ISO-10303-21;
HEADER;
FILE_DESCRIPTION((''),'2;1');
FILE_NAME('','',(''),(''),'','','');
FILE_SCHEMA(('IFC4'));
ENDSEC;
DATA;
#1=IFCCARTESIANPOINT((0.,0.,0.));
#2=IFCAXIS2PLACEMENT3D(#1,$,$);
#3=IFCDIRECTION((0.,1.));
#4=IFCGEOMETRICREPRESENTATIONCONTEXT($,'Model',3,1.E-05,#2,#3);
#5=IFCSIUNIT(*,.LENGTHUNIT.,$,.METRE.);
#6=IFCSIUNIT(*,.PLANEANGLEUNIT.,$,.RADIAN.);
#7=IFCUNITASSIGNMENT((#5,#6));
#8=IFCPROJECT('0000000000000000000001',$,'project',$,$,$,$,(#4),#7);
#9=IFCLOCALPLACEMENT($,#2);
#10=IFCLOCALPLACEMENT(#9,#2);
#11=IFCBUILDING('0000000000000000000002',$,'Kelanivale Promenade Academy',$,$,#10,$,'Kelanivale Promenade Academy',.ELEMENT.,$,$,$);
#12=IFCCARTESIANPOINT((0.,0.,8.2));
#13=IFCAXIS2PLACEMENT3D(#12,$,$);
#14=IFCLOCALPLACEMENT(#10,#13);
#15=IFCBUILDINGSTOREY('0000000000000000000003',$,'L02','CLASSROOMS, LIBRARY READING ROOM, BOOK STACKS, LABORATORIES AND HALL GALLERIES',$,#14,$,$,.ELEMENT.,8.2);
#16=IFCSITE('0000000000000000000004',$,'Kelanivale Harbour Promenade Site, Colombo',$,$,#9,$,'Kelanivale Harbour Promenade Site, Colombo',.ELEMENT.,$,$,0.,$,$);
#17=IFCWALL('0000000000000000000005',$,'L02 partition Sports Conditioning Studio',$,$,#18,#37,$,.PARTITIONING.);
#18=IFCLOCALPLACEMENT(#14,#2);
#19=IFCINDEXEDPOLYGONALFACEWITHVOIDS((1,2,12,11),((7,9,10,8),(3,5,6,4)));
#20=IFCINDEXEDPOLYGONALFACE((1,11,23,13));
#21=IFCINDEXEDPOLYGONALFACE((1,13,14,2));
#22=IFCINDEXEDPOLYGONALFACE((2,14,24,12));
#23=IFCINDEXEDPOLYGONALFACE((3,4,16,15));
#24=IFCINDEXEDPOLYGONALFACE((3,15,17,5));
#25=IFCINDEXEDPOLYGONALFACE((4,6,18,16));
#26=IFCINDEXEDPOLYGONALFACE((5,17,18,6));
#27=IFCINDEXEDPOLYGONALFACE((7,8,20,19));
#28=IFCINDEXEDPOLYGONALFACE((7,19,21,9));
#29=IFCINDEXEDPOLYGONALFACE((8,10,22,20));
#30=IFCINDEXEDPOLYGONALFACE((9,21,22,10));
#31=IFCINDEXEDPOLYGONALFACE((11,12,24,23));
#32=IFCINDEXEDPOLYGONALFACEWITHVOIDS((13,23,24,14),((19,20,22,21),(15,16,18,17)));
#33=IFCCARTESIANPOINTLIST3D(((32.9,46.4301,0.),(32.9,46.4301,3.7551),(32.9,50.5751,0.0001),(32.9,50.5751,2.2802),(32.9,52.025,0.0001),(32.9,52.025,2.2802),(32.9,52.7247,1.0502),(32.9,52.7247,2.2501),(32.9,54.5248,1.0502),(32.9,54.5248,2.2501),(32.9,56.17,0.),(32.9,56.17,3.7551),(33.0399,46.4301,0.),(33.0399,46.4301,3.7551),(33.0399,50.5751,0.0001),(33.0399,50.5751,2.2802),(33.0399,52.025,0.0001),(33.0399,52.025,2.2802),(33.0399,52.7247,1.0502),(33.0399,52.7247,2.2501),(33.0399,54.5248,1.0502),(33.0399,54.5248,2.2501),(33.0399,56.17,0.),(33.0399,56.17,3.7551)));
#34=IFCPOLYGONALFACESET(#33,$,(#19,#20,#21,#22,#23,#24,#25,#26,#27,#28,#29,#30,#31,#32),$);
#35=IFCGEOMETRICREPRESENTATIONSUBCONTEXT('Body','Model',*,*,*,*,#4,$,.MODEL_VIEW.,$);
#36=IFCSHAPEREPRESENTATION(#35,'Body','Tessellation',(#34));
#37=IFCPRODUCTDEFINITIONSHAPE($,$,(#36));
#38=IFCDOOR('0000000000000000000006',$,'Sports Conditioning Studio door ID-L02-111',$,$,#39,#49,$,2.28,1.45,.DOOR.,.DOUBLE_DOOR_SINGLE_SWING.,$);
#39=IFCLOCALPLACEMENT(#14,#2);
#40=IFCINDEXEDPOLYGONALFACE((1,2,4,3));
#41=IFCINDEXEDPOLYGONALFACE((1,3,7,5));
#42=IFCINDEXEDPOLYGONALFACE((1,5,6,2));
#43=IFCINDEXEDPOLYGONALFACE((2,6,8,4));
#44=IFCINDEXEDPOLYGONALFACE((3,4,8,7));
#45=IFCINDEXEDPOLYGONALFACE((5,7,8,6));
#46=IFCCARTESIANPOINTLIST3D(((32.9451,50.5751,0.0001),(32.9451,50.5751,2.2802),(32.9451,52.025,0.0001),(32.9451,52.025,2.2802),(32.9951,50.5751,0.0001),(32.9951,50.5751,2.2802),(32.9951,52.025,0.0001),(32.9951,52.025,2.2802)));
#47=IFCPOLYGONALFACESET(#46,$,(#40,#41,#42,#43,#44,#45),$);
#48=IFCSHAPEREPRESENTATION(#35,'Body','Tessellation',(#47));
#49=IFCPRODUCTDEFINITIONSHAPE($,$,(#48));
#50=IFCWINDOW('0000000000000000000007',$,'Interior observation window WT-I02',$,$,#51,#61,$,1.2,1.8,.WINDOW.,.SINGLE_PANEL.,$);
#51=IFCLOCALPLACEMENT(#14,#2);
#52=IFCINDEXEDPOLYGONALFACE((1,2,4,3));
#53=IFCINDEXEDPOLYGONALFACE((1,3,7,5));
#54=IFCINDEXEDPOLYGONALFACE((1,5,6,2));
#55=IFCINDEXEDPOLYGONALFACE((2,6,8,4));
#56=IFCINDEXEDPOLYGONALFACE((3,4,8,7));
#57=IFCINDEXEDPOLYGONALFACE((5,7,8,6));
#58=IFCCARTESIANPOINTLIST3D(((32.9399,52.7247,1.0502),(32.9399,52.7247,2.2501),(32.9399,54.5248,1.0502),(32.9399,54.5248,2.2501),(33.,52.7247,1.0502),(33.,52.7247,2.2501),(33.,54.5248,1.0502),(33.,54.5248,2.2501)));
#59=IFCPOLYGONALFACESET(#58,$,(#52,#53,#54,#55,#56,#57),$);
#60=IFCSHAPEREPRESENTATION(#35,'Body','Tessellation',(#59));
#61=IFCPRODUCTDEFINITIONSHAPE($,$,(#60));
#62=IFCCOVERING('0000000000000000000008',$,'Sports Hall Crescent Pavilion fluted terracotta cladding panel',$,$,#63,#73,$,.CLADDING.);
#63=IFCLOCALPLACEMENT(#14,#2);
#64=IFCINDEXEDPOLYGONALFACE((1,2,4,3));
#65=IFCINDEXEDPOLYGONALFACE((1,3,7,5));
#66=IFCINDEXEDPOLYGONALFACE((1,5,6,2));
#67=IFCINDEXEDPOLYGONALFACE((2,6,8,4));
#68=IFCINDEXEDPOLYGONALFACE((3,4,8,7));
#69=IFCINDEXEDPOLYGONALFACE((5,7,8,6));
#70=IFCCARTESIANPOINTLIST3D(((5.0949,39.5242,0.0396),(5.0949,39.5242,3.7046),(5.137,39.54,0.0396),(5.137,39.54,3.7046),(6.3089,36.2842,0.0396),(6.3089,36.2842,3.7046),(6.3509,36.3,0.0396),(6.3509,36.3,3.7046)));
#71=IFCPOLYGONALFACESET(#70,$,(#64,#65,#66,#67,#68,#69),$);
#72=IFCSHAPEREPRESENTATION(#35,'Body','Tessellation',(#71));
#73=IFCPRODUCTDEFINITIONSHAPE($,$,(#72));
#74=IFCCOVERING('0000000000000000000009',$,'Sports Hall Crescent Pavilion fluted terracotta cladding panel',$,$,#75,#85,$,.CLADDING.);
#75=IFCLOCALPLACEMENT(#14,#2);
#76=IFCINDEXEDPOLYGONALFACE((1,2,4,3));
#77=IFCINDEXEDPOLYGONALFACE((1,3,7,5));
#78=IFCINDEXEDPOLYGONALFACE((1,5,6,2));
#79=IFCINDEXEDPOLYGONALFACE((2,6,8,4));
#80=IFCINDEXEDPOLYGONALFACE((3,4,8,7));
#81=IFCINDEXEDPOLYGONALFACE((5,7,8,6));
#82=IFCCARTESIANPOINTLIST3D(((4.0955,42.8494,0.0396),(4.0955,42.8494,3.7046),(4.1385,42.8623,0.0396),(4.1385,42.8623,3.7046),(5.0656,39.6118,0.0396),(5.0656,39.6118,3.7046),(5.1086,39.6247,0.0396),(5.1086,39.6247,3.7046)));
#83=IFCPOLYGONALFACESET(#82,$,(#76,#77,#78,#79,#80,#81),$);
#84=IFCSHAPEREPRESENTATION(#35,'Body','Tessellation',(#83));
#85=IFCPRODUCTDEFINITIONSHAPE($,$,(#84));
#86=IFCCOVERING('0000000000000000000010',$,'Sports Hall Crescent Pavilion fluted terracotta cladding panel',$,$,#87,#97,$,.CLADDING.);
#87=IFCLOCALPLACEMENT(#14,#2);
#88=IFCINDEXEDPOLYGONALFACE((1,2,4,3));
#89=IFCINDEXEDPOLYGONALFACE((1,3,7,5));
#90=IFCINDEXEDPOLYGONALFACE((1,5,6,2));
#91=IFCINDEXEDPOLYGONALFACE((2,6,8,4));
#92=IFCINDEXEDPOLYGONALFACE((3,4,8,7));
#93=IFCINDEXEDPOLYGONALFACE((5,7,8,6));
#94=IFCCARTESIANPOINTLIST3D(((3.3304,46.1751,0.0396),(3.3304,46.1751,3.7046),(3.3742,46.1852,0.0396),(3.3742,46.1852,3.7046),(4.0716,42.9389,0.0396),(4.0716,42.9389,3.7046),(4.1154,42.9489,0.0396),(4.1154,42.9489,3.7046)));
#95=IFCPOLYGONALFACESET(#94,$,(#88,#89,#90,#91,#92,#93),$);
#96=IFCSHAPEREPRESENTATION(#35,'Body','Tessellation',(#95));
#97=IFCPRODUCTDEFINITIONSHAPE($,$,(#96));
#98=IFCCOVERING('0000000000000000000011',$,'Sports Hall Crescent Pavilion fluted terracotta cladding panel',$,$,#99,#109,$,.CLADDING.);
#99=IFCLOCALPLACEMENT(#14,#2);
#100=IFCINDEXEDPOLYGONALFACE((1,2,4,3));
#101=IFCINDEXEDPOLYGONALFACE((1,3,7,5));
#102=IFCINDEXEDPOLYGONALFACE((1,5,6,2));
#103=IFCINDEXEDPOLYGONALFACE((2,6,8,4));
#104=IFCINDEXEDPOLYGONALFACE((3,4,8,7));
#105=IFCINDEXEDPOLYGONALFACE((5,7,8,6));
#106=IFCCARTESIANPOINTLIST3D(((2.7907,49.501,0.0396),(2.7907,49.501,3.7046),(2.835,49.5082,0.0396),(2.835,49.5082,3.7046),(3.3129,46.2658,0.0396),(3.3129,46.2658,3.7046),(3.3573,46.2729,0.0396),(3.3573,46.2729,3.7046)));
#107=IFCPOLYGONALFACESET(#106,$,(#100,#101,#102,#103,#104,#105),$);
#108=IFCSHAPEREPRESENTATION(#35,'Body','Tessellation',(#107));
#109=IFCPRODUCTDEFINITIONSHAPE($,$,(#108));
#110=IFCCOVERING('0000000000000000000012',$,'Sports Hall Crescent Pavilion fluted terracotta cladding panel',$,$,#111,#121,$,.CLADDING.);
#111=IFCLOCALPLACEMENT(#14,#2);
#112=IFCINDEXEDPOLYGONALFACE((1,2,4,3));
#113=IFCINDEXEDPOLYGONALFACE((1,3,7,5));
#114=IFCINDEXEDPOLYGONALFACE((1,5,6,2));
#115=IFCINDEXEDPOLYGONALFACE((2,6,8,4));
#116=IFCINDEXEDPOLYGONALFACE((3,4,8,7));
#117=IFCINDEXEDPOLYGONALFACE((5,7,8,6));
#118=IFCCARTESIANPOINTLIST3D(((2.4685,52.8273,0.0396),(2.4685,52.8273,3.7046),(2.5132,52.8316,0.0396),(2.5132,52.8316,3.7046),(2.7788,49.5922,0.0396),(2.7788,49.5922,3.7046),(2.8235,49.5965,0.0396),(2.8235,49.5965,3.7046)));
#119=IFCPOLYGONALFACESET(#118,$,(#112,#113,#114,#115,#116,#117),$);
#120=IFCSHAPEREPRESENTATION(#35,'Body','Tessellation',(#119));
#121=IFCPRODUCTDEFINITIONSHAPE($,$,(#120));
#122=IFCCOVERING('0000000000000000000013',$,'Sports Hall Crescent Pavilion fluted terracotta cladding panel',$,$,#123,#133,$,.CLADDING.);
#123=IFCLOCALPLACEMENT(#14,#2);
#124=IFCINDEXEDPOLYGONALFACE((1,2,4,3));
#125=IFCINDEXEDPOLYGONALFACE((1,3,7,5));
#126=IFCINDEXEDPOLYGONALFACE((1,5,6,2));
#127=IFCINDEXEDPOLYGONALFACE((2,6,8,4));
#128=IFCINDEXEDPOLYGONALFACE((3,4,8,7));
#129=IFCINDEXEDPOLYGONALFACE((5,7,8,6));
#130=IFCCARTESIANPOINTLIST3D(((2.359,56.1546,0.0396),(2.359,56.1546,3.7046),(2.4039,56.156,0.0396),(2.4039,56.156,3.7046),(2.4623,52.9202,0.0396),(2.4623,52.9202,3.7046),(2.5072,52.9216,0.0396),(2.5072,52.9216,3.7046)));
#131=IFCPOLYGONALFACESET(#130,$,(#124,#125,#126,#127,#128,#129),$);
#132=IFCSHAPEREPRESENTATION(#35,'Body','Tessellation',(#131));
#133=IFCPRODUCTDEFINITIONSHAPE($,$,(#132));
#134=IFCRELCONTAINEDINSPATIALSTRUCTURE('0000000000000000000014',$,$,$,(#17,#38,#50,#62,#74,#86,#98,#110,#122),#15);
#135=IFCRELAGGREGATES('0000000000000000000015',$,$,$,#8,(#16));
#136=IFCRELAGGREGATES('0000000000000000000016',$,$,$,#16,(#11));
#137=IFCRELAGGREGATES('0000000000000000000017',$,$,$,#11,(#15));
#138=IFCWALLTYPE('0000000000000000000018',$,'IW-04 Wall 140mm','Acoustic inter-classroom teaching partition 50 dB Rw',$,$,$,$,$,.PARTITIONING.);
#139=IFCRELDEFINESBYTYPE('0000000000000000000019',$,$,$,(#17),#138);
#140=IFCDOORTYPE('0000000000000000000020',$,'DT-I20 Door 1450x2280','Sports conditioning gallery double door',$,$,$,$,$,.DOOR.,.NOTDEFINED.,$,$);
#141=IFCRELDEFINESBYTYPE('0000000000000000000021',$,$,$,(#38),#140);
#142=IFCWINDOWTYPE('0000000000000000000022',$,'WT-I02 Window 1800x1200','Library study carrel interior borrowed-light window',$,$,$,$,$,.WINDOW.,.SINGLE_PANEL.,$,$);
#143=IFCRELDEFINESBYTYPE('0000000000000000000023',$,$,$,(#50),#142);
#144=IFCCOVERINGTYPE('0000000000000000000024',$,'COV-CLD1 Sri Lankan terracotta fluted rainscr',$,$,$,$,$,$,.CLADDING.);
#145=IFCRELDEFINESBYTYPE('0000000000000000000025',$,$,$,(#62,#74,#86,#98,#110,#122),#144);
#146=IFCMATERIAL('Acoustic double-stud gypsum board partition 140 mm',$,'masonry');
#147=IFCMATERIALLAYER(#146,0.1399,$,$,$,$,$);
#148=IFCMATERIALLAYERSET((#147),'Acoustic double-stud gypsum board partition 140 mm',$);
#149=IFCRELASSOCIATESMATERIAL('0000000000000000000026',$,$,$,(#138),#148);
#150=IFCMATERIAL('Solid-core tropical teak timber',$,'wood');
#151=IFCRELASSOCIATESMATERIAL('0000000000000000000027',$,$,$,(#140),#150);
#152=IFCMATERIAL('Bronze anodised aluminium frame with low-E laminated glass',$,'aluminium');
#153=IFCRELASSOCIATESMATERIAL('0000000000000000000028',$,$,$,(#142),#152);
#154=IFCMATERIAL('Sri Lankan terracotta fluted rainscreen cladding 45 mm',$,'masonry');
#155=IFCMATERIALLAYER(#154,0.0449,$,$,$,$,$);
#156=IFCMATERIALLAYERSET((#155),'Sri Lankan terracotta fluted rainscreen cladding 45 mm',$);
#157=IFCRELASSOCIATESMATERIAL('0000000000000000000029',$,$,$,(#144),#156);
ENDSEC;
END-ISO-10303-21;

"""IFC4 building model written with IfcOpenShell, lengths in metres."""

from ifc_helpers import new_model, si_unit, direction, frame, frame_2d, origin, origin_2d, place, context, subcontext, project, spatial, rectangle, extrude, material, layer, layer_set, type_object, element, fill, save


model = new_model("IFC4")

# Units and contexts
model_context = context("Model", 3, precision=1e-05, world=origin(), true_north=direction((0.0, 1.0)))
body_context = subcontext(model_context, "Body", "Model", "MODEL_VIEW")
ifc_project = project(units=[si_unit("LENGTHUNIT", "METRE"), si_unit("PLANEANGLEUNIT", "RADIAN")], contexts=[model_context])

# Site, building, storey
site_placement = place(None, origin())
site = spatial("IfcSite", under=ifc_project, at=site_placement, Name="Kelanivale Harbour Promenade Site, Colombo", LongName="Kelanivale Harbour Promenade Site, Colombo", CompositionType="ELEMENT", RefElevation=0.0)
building_placement = place(site_placement, origin())
building = spatial("IfcBuilding", under=site, at=building_placement, Name="Kelanivale Promenade Academy", LongName="Kelanivale Promenade Academy", CompositionType="ELEMENT")
storey_placement = place(building_placement, frame((0.0, 0.0, 8.2)))
storey = spatial("IfcBuildingStorey", under=building, at=storey_placement, Name="L02", Description="CLASSROOMS, LIBRARY READING ROOM, BOOK STACKS, LABORATORIES AND HALL GALLERIES", CompositionType="ELEMENT", Elevation=8.2)

# Shared definitions
ifc_material_1 = material(Name="Acoustic double-stud gypsum board partition 140 mm", Category="masonry")
ifc_layer_1 = layer(ifc_material_1, 0.1399)
ifc_layer_set_1 = layer_set([ifc_layer_1], Name="Acoustic double-stud gypsum board partition 140 mm")
wall_type_1 = type_object("IfcWallType", Name="IW-04 Wall 140mm", Description="Acoustic inter-classroom teaching partition 50 dB Rw", PredefinedType="PARTITIONING", material=ifc_layer_set_1)

# Wall, openings, door, window
wall_1_placement = place(storey_placement, frame((32.97, 46.4299, 0.0), z_axis=(0.0, 0.0, 1.0), x_axis=(0.0, 1.0, 0.0)))
wall_1 = element("IfcWall", 1, at=wall_1_placement, inside=storey, type_object=wall_type_1, Name="L02 partition Sports Conditioning Studio", PredefinedType="PARTITIONING", context=body_context, shape_type="SweptSolid", body=[
    extrude(rectangle(XDim=9.74, YDim=0.1399, at=frame_2d((4.8701, 0.0))), origin(), (0.0, 0.0, 1.0), 3.7551),
])
opening_1_placement = place(wall_1_placement, frame((4.145, 0.0, 0.0)))
opening_1 = element("IfcOpeningElement", 2, at=opening_1_placement, cuts=wall_1, PredefinedType="OPENING", context=body_context, shape_type="SweptSolid", body=[
    extrude(rectangle(XDim=1.45, YDim=2.28, at=frame_2d((0.7251, 1.1401))), frame((0.0, 0.0801, 0.0), z_axis=(0.0, -1.0, 0.0), x_axis=(1.0, 0.0, 0.0)), (0.0, 0.0, 1.0), 0.1599),
])
opening_2_placement = place(wall_1_placement, frame((6.2949, 0.0, 1.05)))
opening_2 = element("IfcOpeningElement", 3, at=opening_2_placement, cuts=wall_1, PredefinedType="OPENING", context=body_context, shape_type="SweptSolid", body=[
    extrude(rectangle(XDim=1.8, YDim=1.2, at=frame_2d((0.8999, 0.6001))), frame((0.0, 0.0801, 0.0), z_axis=(0.0, -1.0, 0.0), x_axis=(1.0, 0.0, 0.0)), (0.0, 0.0, 1.0), 0.1599),
])
ifc_material_2 = material(Name="Solid-core tropical teak timber", Category="wood")
door_type = type_object("IfcDoorType", Name="DT-I20 Door 1450x2280", Description="Sports conditioning gallery double door", OperationType="NOTDEFINED", PredefinedType="DOOR", material=ifc_material_2)
door_placement = place(opening_1_placement, origin())
door = element("IfcDoor", 4, at=door_placement, inside=storey, type_object=door_type, Name="Sports Conditioning Studio door ID-L02-111", OperationType="DOUBLE_DOOR_SINGLE_SWING", OverallHeight=2.28, OverallWidth=1.45, PredefinedType="DOOR", context=body_context, shape_type="SweptSolid", body=[
    extrude(rectangle(XDim=1.45, YDim=2.28, at=frame_2d((0.7251, 1.1401))), frame((0.0, 0.0249, 0.0), z_axis=(0.0, -1.0, 0.0), x_axis=(1.0, 0.0, 0.0)), (0.0, 0.0, 1.0), 0.05),
])
fill(opening_1, door)
ifc_material_3 = material(Name="Bronze anodised aluminium frame with low-E laminated glass", Category="aluminium")
window_type = type_object("IfcWindowType", Name="WT-I02 Window 1800x1200", Description="Library study carrel interior borrowed-light window", PartitioningType="SINGLE_PANEL", PredefinedType="WINDOW", material=ifc_material_3)
window_placement = place(opening_2_placement, origin())
window = element("IfcWindow", 5, at=window_placement, inside=storey, type_object=window_type, Name="Interior observation window WT-I02", OverallHeight=1.2, OverallWidth=1.8, PartitioningType="SINGLE_PANEL", PredefinedType="WINDOW", context=body_context, shape_type="SweptSolid", body=[
    extrude(rectangle(XDim=1.8, YDim=1.2, at=frame_2d((0.8999, 0.6001))), frame((0.0, 0.03, 0.0), z_axis=(0.0, -1.0, 0.0), x_axis=(1.0, 0.0, 0.0)), (0.0, 0.0, 1.0), 0.0601),
])
fill(opening_2, window)

# Coverings
ifc_material_4 = material(Name="Sri Lankan terracotta fluted rainscreen cladding 45 mm", Category="masonry")
ifc_layer_2 = layer(ifc_material_4, 0.0449)
ifc_layer_set_2 = layer_set([ifc_layer_2], Name="Sri Lankan terracotta fluted rainscreen cladding 45 mm")
covering_type = type_object("IfcCoveringType", Name="COV-CLD1 Sri Lankan terracotta fluted rainscr", PredefinedType="CLADDING", material=ifc_layer_set_2)
covering_1_placement = place(storey_placement, frame((5.7229, 37.9121, 0.0396), z_axis=(0.0, 0.0, 1.0), x_axis=(0.350861, -0.936427, 0.0)))
element("IfcCovering", 6, at=covering_1_placement, inside=storey, type_object=covering_type, Name="Sports Hall Crescent Pavilion fluted terracotta cladding panel", PredefinedType="CLADDING", context=body_context, shape_type="SweptSolid", body=[
    extrude(rectangle(XDim=3.46, YDim=0.0449, at=origin_2d()), origin(), (0.0, 0.0, 1.0), 3.665),
])
covering_2_placement = place(storey_placement, frame((4.6021, 41.2371, 0.0396), z_axis=(0.0, 0.0, 1.0), x_axis=(0.287026, -0.957923, 0.0)))
element("IfcCovering", 7, at=covering_2_placement, inside=storey, type_object=covering_type, Name="Sports Hall Crescent Pavilion fluted terracotta cladding panel", PredefinedType="CLADDING", context=body_context, shape_type="SweptSolid", body=[
    extrude(rectangle(XDim=3.3799, YDim=0.0449, at=origin_2d()), origin(), (0.0, 0.0, 1.0), 3.665),
])
covering_3_placement = place(storey_placement, frame((3.7229, 44.562, 0.0396), z_axis=(0.0, 0.0, 1.0), x_axis=(0.22325, -0.974761, 0.0)))
element("IfcCovering", 8, at=covering_3_placement, inside=storey, type_object=covering_type, Name="Sports Hall Crescent Pavilion fluted terracotta cladding panel", PredefinedType="CLADDING", context=body_context, shape_type="SweptSolid", body=[
    extrude(rectangle(XDim=3.3201, YDim=0.0449, at=origin_2d()), origin(), (0.0, 0.0, 1.0), 3.665),
])
covering_4_placement = place(storey_placement, frame((3.074, 47.887, 0.0396), z_axis=(0.0, 0.0, 1.0), x_axis=(0.159364, -0.98722, 0.0)))
element("IfcCovering", 9, at=covering_4_placement, inside=storey, type_object=covering_type, Name="Sports Hall Crescent Pavilion fluted terracotta cladding panel", PredefinedType="CLADDING", context=body_context, shape_type="SweptSolid", body=[
    extrude(rectangle(XDim=3.2771, YDim=0.0449, at=origin_2d()), origin(), (0.0, 0.0, 1.0), 3.665),
])
covering_5_placement = place(storey_placement, frame((2.646, 51.2119, 0.0396), z_axis=(0.0, 0.0, 1.0), x_axis=(0.095498, -0.99543, 0.0)))
element("IfcCovering", 10, at=covering_5_placement, inside=storey, type_object=covering_type, Name="Sports Hall Crescent Pavilion fluted terracotta cladding panel", PredefinedType="CLADDING", context=body_context, shape_type="SweptSolid", body=[
    extrude(rectangle(XDim=3.25, YDim=0.0449, at=origin_2d()), origin(), (0.0, 0.0, 1.0), 3.665),
])
covering_6_placement = place(storey_placement, frame((2.4331, 54.5381, 0.0396), z_axis=(0.0, 0.0, 1.0), x_axis=(0.031934, -0.99949, 0.0)))
element("IfcCovering", 11, at=covering_6_placement, inside=storey, type_object=covering_type, Name="Sports Hall Crescent Pavilion fluted terracotta cladding panel", PredefinedType="CLADDING", context=body_context, shape_type="SweptSolid", body=[
    extrude(rectangle(XDim=3.2361, YDim=0.0449, at=origin_2d()), origin(), (0.0, 0.0, 1.0), 3.665),
])

save(model, "model.ifc")
